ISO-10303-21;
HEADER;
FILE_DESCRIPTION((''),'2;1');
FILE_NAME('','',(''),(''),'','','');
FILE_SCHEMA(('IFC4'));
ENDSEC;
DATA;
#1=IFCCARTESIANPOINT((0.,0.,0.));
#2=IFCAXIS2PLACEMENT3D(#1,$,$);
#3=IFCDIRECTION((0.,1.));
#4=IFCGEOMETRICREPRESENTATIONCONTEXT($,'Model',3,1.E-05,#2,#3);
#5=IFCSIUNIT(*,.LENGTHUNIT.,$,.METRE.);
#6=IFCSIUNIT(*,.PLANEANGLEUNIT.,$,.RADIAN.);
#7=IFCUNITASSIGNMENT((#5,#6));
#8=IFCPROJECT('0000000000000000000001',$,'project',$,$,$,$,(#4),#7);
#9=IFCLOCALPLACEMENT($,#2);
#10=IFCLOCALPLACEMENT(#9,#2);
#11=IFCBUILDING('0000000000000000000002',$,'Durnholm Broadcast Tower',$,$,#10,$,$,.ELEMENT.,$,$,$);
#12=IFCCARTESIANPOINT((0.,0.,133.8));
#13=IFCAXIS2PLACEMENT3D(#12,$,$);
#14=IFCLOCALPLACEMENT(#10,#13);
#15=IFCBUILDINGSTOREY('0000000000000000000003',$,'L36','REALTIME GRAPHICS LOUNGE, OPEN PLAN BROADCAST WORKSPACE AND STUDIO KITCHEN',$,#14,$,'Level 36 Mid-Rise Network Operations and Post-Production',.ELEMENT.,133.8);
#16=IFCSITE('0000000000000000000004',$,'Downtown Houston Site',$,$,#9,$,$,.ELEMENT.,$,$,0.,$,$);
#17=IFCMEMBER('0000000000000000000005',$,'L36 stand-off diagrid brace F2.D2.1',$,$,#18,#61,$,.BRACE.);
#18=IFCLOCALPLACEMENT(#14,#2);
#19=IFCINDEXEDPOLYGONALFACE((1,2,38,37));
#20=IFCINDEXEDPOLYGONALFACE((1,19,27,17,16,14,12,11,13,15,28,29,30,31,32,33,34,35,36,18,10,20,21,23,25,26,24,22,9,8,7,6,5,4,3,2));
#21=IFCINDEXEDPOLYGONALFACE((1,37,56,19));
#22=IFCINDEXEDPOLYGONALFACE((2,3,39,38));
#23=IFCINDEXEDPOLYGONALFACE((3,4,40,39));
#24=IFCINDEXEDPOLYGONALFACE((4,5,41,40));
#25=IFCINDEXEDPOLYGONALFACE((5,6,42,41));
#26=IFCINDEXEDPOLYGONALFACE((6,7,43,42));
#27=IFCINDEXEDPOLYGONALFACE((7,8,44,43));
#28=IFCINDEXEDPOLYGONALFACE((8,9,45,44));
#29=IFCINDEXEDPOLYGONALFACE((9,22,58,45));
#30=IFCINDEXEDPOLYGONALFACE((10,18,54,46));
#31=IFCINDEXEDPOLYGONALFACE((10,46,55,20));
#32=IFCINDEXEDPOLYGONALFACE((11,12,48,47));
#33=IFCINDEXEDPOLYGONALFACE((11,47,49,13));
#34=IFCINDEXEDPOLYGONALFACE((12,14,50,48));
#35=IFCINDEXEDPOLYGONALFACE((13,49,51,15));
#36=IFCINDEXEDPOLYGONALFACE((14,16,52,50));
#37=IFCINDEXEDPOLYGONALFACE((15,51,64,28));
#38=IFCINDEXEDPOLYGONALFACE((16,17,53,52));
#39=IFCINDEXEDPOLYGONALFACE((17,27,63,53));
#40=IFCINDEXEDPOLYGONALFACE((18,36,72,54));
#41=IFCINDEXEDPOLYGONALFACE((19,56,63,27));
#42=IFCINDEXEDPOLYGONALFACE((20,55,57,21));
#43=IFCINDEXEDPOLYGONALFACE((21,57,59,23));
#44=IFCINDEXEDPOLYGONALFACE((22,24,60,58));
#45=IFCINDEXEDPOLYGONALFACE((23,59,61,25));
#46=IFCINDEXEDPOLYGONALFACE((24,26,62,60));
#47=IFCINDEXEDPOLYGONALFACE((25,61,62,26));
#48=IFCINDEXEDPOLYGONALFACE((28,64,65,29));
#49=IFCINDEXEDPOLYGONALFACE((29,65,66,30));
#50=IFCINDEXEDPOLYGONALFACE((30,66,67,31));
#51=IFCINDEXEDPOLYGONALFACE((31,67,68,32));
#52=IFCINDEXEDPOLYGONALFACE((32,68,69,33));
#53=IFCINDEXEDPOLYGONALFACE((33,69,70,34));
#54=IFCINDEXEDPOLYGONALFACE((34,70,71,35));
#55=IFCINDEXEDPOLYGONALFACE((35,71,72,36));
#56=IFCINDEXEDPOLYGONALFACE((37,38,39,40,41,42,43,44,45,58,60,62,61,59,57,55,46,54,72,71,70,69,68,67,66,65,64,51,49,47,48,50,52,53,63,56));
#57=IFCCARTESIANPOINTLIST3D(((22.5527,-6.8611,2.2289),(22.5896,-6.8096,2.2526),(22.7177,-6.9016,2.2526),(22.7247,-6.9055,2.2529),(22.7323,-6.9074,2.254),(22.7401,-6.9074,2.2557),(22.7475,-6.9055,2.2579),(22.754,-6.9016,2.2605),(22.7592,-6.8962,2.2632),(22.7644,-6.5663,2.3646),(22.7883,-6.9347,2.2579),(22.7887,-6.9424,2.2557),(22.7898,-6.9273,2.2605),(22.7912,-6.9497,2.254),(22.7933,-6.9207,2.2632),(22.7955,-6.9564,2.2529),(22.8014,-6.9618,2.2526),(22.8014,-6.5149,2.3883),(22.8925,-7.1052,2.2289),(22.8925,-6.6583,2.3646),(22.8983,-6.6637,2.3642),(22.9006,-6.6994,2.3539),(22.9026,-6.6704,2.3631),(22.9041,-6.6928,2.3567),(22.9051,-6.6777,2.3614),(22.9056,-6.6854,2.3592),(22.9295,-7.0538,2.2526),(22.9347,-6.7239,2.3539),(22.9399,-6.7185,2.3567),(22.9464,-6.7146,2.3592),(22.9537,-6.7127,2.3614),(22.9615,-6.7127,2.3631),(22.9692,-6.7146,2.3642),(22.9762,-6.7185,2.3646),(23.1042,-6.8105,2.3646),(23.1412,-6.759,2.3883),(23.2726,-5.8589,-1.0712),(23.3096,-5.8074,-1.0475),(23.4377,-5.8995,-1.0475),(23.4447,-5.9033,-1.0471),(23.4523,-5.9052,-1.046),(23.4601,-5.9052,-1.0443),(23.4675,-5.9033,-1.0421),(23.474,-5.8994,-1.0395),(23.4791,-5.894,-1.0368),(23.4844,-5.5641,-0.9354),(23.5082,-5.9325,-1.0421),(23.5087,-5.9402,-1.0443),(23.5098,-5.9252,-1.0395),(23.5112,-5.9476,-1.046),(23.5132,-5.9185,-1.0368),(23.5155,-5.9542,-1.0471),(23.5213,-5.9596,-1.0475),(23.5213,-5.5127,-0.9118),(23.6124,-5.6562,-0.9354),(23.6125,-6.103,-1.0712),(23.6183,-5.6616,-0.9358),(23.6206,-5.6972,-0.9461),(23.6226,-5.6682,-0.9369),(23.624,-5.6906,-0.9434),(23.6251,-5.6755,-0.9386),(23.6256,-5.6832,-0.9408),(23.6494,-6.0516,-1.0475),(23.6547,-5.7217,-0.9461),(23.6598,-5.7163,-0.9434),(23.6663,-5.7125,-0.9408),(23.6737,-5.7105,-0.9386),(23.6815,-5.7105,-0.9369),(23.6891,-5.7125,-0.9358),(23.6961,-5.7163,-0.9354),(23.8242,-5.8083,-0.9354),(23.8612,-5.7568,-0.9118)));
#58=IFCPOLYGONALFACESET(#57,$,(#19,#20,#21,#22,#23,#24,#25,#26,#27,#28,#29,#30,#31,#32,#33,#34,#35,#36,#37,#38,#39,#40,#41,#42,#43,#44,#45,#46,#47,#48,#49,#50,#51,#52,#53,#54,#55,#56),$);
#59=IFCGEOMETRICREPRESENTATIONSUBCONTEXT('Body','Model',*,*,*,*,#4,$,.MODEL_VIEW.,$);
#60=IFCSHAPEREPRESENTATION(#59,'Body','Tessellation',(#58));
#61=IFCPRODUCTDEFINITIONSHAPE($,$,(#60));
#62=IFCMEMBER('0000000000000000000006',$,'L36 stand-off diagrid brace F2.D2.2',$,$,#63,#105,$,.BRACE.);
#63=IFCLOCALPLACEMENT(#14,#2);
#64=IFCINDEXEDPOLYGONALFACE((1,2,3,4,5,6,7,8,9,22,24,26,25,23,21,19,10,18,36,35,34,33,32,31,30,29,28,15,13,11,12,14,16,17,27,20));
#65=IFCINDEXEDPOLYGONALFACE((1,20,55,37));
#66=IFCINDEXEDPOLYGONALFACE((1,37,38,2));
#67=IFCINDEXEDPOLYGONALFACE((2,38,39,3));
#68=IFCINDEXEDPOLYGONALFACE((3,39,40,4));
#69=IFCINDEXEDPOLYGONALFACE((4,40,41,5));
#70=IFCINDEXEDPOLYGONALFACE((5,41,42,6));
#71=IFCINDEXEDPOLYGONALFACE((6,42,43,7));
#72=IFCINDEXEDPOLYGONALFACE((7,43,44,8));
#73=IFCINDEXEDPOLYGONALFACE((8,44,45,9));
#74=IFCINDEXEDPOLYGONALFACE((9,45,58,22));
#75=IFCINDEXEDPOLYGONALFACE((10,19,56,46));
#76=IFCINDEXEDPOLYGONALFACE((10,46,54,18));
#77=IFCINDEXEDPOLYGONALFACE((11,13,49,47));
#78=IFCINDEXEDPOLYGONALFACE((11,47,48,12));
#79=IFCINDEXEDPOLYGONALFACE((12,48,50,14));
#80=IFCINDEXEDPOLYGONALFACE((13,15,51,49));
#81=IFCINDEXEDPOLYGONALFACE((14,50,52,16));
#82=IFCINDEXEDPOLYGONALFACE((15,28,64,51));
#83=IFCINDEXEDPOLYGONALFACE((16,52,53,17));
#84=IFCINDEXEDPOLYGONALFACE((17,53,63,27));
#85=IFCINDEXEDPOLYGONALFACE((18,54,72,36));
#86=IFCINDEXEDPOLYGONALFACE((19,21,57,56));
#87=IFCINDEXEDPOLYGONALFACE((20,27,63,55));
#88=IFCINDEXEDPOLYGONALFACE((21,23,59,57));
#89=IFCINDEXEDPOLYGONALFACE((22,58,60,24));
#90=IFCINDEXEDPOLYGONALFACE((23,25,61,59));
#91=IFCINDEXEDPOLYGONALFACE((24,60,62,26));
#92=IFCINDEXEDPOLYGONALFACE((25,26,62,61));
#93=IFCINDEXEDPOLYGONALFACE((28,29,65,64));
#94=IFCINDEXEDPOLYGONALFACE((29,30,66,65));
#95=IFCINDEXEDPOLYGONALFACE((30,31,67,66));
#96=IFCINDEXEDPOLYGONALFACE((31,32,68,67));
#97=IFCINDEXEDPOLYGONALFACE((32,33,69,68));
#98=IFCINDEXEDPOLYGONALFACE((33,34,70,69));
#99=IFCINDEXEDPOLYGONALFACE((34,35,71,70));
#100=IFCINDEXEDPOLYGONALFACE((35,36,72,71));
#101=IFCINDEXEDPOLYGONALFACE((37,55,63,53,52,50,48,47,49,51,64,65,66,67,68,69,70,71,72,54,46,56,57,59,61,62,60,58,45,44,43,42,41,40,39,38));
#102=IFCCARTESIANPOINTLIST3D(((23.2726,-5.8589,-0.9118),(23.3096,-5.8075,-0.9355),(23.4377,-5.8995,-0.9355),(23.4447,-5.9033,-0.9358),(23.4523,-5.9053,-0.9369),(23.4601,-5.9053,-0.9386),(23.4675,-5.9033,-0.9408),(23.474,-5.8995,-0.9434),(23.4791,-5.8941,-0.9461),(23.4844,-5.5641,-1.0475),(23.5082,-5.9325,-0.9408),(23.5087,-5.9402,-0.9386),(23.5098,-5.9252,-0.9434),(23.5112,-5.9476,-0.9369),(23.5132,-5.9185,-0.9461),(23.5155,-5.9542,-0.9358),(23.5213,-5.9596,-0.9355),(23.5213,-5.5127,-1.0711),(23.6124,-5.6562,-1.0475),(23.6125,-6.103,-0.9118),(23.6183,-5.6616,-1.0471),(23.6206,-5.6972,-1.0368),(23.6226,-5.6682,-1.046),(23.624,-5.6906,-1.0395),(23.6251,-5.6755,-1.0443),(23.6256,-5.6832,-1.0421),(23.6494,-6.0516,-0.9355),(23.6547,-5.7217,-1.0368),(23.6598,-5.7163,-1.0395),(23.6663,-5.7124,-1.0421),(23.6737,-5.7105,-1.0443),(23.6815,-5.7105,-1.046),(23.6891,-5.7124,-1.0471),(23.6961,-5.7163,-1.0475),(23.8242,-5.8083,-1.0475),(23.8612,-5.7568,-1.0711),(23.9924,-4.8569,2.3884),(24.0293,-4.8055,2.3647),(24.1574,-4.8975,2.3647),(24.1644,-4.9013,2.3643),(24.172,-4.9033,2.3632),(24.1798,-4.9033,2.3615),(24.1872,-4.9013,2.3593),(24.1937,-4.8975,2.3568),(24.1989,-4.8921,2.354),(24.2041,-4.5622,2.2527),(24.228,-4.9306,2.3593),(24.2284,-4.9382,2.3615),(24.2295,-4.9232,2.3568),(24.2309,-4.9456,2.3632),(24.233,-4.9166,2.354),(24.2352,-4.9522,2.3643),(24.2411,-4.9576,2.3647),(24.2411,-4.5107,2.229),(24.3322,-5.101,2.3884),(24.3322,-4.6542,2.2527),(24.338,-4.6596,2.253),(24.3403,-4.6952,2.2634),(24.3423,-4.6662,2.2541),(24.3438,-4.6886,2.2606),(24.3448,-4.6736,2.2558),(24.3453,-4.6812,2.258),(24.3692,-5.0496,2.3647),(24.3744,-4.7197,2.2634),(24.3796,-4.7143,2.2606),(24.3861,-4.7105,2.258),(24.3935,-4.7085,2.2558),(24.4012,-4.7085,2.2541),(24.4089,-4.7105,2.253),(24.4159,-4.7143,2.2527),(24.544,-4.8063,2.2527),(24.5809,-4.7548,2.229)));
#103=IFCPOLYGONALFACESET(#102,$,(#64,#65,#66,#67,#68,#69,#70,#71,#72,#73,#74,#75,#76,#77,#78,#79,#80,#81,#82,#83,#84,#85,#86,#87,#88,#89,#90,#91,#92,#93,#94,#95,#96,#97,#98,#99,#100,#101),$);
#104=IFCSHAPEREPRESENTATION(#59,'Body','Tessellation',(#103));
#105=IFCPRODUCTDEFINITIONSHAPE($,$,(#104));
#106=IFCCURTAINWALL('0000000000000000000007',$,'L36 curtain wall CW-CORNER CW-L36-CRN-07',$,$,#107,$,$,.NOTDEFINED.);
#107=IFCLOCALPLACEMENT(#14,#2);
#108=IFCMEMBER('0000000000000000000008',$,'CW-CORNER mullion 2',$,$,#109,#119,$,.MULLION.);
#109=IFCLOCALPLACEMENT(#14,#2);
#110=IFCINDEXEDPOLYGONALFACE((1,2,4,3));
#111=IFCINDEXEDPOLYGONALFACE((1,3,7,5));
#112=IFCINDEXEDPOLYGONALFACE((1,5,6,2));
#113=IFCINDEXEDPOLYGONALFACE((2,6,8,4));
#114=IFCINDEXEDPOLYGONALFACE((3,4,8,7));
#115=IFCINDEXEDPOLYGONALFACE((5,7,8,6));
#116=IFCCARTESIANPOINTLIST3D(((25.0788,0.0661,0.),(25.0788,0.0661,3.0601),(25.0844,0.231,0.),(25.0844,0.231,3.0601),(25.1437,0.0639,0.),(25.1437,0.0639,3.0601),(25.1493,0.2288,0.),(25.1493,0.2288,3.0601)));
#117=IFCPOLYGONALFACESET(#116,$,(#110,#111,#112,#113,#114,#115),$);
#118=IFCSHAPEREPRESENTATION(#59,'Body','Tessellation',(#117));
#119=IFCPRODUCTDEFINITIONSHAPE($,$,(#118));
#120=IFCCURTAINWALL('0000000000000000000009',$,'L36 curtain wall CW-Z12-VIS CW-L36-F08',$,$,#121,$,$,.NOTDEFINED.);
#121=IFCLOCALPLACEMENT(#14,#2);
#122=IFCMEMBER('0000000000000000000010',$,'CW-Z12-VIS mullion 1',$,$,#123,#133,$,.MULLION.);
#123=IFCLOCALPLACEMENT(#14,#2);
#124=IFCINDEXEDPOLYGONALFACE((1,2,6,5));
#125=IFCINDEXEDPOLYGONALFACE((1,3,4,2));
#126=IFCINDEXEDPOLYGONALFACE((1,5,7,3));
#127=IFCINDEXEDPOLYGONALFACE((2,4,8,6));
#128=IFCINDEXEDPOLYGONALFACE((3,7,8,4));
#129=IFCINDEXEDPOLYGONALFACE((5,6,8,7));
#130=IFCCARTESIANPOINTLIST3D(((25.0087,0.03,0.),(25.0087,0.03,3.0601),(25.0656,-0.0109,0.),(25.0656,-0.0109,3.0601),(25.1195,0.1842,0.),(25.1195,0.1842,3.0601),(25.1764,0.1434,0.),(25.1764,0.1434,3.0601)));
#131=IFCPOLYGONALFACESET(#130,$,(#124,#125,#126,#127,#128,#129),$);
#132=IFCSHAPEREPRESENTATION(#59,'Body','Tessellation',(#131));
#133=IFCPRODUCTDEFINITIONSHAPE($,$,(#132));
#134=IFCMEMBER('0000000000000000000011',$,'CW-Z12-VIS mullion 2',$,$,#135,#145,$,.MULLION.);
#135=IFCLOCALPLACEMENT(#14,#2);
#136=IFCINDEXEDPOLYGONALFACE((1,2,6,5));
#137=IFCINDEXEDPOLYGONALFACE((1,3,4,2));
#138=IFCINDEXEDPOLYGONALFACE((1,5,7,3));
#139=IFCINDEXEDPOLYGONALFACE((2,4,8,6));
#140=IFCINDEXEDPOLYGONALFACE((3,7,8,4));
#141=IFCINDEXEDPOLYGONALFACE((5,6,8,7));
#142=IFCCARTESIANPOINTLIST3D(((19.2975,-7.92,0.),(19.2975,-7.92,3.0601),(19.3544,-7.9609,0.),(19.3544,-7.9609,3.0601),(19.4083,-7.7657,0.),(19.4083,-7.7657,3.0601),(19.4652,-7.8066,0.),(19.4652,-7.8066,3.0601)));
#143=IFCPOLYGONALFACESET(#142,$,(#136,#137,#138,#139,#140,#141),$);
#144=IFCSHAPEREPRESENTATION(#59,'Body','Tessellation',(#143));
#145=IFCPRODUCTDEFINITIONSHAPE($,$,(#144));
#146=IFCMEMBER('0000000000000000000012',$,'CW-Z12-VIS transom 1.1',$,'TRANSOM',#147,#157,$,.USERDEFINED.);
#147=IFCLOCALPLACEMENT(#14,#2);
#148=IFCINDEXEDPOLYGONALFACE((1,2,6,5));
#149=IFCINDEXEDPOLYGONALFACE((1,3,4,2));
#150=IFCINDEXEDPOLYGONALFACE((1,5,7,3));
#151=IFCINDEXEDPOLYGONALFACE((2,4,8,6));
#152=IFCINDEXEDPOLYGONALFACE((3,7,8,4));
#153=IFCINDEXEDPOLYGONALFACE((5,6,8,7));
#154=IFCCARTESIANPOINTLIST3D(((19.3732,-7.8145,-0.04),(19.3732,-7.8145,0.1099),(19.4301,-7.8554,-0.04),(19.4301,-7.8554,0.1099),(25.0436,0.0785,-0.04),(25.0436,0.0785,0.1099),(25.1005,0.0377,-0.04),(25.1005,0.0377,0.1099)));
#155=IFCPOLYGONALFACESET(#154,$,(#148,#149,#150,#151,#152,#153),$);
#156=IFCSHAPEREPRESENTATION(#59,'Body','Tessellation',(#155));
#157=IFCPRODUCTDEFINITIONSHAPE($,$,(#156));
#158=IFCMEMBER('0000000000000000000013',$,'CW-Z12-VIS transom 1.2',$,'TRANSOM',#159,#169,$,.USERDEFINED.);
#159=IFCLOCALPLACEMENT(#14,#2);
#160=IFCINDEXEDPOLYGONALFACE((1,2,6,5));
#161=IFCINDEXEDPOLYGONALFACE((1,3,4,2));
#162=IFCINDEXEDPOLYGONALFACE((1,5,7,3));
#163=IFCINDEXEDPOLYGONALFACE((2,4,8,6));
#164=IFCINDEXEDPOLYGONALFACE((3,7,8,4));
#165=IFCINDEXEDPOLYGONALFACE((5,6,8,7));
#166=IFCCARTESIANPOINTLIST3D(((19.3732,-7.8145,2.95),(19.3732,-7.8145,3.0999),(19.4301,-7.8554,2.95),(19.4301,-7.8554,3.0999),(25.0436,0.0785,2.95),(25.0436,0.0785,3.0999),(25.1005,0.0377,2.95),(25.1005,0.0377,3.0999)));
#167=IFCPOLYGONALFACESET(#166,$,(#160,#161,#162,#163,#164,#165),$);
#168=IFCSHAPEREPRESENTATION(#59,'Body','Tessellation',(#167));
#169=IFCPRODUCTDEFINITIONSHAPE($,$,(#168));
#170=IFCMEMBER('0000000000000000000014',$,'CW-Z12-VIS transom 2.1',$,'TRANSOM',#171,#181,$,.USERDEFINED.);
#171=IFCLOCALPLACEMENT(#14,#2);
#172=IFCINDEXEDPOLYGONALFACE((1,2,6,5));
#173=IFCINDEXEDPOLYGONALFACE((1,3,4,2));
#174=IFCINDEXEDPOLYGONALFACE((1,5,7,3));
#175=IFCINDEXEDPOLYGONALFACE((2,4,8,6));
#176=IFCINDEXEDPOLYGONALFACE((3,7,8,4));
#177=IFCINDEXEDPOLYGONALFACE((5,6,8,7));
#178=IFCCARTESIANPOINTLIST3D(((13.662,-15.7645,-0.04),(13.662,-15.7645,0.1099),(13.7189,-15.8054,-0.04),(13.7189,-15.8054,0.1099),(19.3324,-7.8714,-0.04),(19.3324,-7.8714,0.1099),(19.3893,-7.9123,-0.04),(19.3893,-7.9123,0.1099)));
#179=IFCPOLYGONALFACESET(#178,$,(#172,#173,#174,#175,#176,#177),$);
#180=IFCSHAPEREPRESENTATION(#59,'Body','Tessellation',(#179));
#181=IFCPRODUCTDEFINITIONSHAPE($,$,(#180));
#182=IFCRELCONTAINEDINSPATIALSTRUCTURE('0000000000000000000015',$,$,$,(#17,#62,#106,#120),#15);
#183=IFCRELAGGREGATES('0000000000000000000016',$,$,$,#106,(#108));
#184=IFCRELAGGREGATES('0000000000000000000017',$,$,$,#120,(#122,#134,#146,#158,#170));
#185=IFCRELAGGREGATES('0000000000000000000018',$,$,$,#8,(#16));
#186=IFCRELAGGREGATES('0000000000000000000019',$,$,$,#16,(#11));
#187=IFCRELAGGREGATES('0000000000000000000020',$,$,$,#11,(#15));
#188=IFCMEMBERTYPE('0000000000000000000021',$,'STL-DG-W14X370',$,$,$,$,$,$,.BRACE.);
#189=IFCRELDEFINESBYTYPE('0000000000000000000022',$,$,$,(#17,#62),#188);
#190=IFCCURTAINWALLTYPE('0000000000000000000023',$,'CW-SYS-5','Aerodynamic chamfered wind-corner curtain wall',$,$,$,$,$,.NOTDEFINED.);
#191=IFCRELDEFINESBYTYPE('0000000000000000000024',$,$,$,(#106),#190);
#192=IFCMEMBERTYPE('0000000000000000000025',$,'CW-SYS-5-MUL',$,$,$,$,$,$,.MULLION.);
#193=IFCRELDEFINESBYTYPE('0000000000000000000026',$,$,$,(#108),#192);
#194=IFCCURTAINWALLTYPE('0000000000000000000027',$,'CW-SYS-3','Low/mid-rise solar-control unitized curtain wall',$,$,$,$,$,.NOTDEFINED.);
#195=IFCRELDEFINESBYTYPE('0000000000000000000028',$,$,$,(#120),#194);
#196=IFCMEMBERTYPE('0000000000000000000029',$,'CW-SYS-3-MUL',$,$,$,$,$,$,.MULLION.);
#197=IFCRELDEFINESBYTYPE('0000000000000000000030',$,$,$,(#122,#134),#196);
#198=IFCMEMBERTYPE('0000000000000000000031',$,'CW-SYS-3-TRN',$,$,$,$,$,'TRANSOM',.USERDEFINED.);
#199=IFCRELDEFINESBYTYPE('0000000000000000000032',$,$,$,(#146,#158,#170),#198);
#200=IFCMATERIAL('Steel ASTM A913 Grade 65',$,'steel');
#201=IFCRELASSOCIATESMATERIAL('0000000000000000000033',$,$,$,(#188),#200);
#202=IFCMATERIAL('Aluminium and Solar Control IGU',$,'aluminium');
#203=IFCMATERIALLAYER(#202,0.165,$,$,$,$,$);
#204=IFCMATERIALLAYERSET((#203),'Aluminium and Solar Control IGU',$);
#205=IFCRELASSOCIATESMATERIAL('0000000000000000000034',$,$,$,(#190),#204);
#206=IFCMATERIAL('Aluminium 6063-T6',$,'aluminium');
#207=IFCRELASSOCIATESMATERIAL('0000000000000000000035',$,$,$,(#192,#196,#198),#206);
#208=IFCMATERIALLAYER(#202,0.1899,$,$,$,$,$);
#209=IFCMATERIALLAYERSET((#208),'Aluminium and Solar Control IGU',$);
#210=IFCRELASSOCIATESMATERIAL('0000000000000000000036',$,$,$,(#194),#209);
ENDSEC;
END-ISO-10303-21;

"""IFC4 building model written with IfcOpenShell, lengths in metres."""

from ifc_helpers import new_model, si_unit, direction, frame, origin, origin_2d, place, context, subcontext, project, spatial, rectangle, i_section, extrude, source, transform, mapped, material, layer, layer_set, material_profile, profile_set, type_object, type_shapes, element, aggregate, save


model = new_model("IFC4")

# Units and contexts
model_context = context("Model", 3, precision=1e-05, world=origin(), true_north=direction((0.0, 1.0)))
body_context = subcontext(model_context, "Body", "Model", "MODEL_VIEW")
ifc_project = project(units=[si_unit("LENGTHUNIT", "METRE"), si_unit("PLANEANGLEUNIT", "RADIAN")], contexts=[model_context])

# Site, building, storey
site_placement = place(None, origin())
site = spatial("IfcSite", under=ifc_project, at=site_placement, Name="Downtown Houston Site", CompositionType="ELEMENT", RefElevation=0.0)
building_placement = place(site_placement, origin())
building = spatial("IfcBuilding", under=site, at=building_placement, Name="Durnholm Broadcast Tower", CompositionType="ELEMENT")
storey_placement = place(building_placement, frame((0.0, 0.0, 133.8)))
storey = spatial("IfcBuildingStorey", under=building, at=storey_placement, Name="L36", Description="REALTIME GRAPHICS LOUNGE, OPEN PLAN BROADCAST WORKSPACE AND STUDIO KITCHEN", LongName="Level 36 Mid-Rise Network Operations and Post-Production", CompositionType="ELEMENT", Elevation=133.8)

# Members
ifc_material_1 = material(Name="Steel ASTM A913 Grade 65", Category="steel")
ifc_material_profile_1 = material_profile(ifc_material_1, i_section(OverallWidth=0.4185, OverallDepth=0.4551, WebThickness=0.042, FlangeThickness=0.0676, FilletRadius=0.0305, at=origin_2d()), Name="W14X370")
ifc_profile_set_1 = profile_set([ifc_material_profile_1], Name="Steel ASTM A913 Grade 65")
member_type_1 = type_object("IfcMemberType", Name="STL-DG-W14X370", PredefinedType="BRACE", material=ifc_profile_set_1)
shared_shape_1 = source(origin(), body_context, "Body", "SweptSolid", [
    extrude(i_section(OverallWidth=0.4185, OverallDepth=0.4551, WebThickness=0.042, FlangeThickness=0.0676, FilletRadius=0.0305, at=origin_2d()), origin(), (0.0, 0.0, 1.0), 3.5232),
])
type_shapes(member_type_1, [shared_shape_1])
for number, where, z_axis, x_axis, name in (
    (1, (23.5669, -5.8079, -0.9915), (-0.20435, -0.284455, 0.936657), (0.812153, -0.583444, 0.0), "L36 stand-off diagrid brace F2.D2.1"),
    (2, (23.5669, -5.8079, -0.9915), (0.204288, 0.284395, 0.936689), (-0.812179, 0.583408, 0.0), "L36 stand-off diagrid brace F2.D2.2"),
):
    element("IfcMember", number, at=place(storey_placement, frame(where, z_axis=z_axis, x_axis=x_axis)), inside=storey, type_object=member_type_1, Name=name, PredefinedType="BRACE", context=body_context, shape_type="MappedRepresentation", body=[
        mapped(shared_shape_1, transform((0.0, 0.0, 0.0), x_axis=(1.0, 0.0, 0.0), y_axis=(0.0, 1.0, 0.0), z_axis=(0.0, 0.0, 1.0), scale=1.0)),
    ])

# Curtain wall, member
ifc_material_2 = material(Name="Aluminium and Solar Control IGU", Category="aluminium")
ifc_layer_1 = layer(ifc_material_2, 0.165)
ifc_layer_set_1 = layer_set([ifc_layer_1], Name="Aluminium and Solar Control IGU")
curtain_wall_type_1 = type_object("IfcCurtainWallType", Name="CW-SYS-5", Description="Aerodynamic chamfered wind-corner curtain wall", PredefinedType="NOTDEFINED", material=ifc_layer_set_1)
curtain_wall_1_placement = place(storey_placement, origin())
curtain_wall_1 = element("IfcCurtainWall", 3, at=curtain_wall_1_placement, inside=storey, type_object=curtain_wall_type_1, Name="L36 curtain wall CW-CORNER CW-L36-CRN-07", PredefinedType="NOTDEFINED")
ifc_material_3 = material(Name="Aluminium 6063-T6", Category="aluminium")
ifc_material_profile_2 = material_profile(ifc_material_3, rectangle(XDim=0.0649, YDim=0.165, at=origin_2d()), Name="CWM65X165")
ifc_profile_set_2 = profile_set([ifc_material_profile_2], Name="Aluminium 6063-T6")
member_type_2 = type_object("IfcMemberType", Name="CW-SYS-5-MUL", PredefinedType="MULLION", material=ifc_profile_set_2)
shared_shape_2 = source(origin(), body_context, "Body", "SweptSolid", [
    extrude(rectangle(XDim=0.0649, YDim=0.165, at=origin_2d()), origin(), (0.0, 0.0, 1.0), 3.0601),
])
type_shapes(member_type_2, [shared_shape_2])
member_1_placement = place(storey_placement, frame((25.114, 0.1475, 0.0), z_axis=(0.0, 0.0, 1.0), x_axis=(0.999425, -0.033917, 0.0)))
member_1 = element("IfcMember", 4, at=member_1_placement, type_object=member_type_2, Name="CW-CORNER mullion 2", PredefinedType="MULLION", context=body_context, shape_type="MappedRepresentation", body=[
    mapped(shared_shape_2, transform((0.0, 0.0, 0.0), x_axis=(1.0, 0.0, 0.0), y_axis=(0.0, 1.0, 0.0), z_axis=(0.0, 0.0, 1.0), scale=1.0)),
])
aggregate(curtain_wall_1, [member_1])

# Curtain wall, members
ifc_layer_2 = layer(ifc_material_2, 0.1899)
ifc_layer_set_2 = layer_set([ifc_layer_2], Name="Aluminium and Solar Control IGU")
curtain_wall_type_2 = type_object("IfcCurtainWallType", Name="CW-SYS-3", Description="Low/mid-rise solar-control unitized curtain wall", PredefinedType="NOTDEFINED", material=ifc_layer_set_2)
curtain_wall_2_placement = place(storey_placement, origin())
curtain_wall_2 = element("IfcCurtainWall", 5, at=curtain_wall_2_placement, inside=storey, type_object=curtain_wall_type_2, Name="L36 curtain wall CW-Z12-VIS CW-L36-F08", PredefinedType="NOTDEFINED")
ifc_material_profile_3 = material_profile(ifc_material_3, rectangle(XDim=0.0701, YDim=0.1899, at=origin_2d()), Name="CWM70X190")
ifc_profile_set_3 = profile_set([ifc_material_profile_3], Name="Aluminium 6063-T6")
member_type_3 = type_object("IfcMemberType", Name="CW-SYS-3-MUL", PredefinedType="MULLION", material=ifc_profile_set_3)
shared_shape_3 = source(origin(), body_context, "Body", "SweptSolid", [
    extrude(rectangle(XDim=0.0701, YDim=0.1899, at=origin_2d()), origin(), (0.0, 0.0, 1.0), 3.0601),
])
type_shapes(member_type_3, [shared_shape_3])
member_2_placement = place(storey_placement, frame((25.0925, 0.0867, 0.0), z_axis=(0.0, 0.0, 1.0), x_axis=(0.812152, -0.583445, 0.0)))
member_2 = element("IfcMember", 6, at=member_2_placement, type_object=member_type_3, Name="CW-Z12-VIS mullion 1", PredefinedType="MULLION", context=body_context, shape_type="MappedRepresentation", body=[
    mapped(shared_shape_3, transform((0.0, 0.0, 0.0), x_axis=(1.0, 0.0, 0.0), y_axis=(0.0, 1.0, 0.0), z_axis=(0.0, 0.0, 1.0), scale=1.0)),
])
member_3_placement = place(storey_placement, frame((19.3813, -7.8633, 0.0), z_axis=(0.0, 0.0, 1.0), x_axis=(0.812152, -0.583445, 0.0)))
member_3 = element("IfcMember", 7, at=member_3_placement, type_object=member_type_3, Name="CW-Z12-VIS mullion 2", PredefinedType="MULLION", context=body_context, shape_type="MappedRepresentation", body=[
    mapped(shared_shape_3, transform((0.0, 0.0, 0.0), x_axis=(1.0, 0.0, 0.0), y_axis=(0.0, 1.0, 0.0), z_axis=(0.0, 0.0, 1.0), scale=1.0)),
])
ifc_material_profile_4 = material_profile(ifc_material_3, rectangle(XDim=0.0701, YDim=0.1499, at=origin_2d()), Name="CWT70X150")
ifc_profile_set_4 = profile_set([ifc_material_profile_4], Name="Aluminium 6063-T6")
member_type_4 = type_object("IfcMemberType", Name="CW-SYS-3-TRN", ElementType="TRANSOM", PredefinedType="USERDEFINED", material=ifc_profile_set_4)
shared_shape_4 = source(origin(), body_context, "Body", "SweptSolid", [
    extrude(rectangle(XDim=0.0701, YDim=0.1499, at=origin_2d()), origin(), (0.0, 0.0, 1.0), 9.7188),
])
type_shapes(member_type_4, [shared_shape_4])
member_4_placement = place(storey_placement, frame((25.072, 0.0581, 0.0349), z_axis=(-0.583451, -0.812149, 0.0), x_axis=(0.812149, -0.583451, 0.0)))
member_4 = element("IfcMember", 8, at=member_4_placement, type_object=member_type_4, Name="CW-Z12-VIS transom 1.1", ObjectType="TRANSOM", PredefinedType="USERDEFINED", context=body_context, shape_type="MappedRepresentation", body=[
    mapped(shared_shape_4, transform((0.0, 0.0, 0.0), x_axis=(1.0, 0.0, 0.0), y_axis=(0.0, 1.0, 0.0), z_axis=(0.0, 0.0, 1.0), scale=1.0)),
])
member_5_placement = place(storey_placement, frame((25.072, 0.0581, 3.0249), z_axis=(-0.583451, -0.812149, 0.0), x_axis=(0.812149, -0.583451, 0.0)))
member_5 = element("IfcMember", 9, at=member_5_placement, type_object=member_type_4, Name="CW-Z12-VIS transom 1.2", ObjectType="TRANSOM", PredefinedType="USERDEFINED", context=body_context, shape_type="MappedRepresentation", body=[
    mapped(shared_shape_4, transform((0.0, 0.0, 0.0), x_axis=(1.0, 0.0, 0.0), y_axis=(0.0, 1.0, 0.0), z_axis=(0.0, 0.0, 1.0), scale=1.0)),
])
member_6_placement = place(storey_placement, frame((19.3608, -7.8918, 0.0349), z_axis=(-0.583451, -0.812149, 0.0), x_axis=(0.812149, -0.583451, 0.0)))
member_6 = element("IfcMember", 10, at=member_6_placement, type_object=member_type_4, Name="CW-Z12-VIS transom 2.1", ObjectType="TRANSOM", PredefinedType="USERDEFINED", context=body_context, shape_type="MappedRepresentation", body=[
    mapped(shared_shape_4, transform((0.0, 0.0, 0.0), x_axis=(1.0, 0.0, 0.0), y_axis=(0.0, 1.0, 0.0), z_axis=(0.0, 0.0, 1.0), scale=1.0)),
])
aggregate(curtain_wall_2, [member_2, member_3, member_4, member_5, member_6])

save(model, "model.ifc")
